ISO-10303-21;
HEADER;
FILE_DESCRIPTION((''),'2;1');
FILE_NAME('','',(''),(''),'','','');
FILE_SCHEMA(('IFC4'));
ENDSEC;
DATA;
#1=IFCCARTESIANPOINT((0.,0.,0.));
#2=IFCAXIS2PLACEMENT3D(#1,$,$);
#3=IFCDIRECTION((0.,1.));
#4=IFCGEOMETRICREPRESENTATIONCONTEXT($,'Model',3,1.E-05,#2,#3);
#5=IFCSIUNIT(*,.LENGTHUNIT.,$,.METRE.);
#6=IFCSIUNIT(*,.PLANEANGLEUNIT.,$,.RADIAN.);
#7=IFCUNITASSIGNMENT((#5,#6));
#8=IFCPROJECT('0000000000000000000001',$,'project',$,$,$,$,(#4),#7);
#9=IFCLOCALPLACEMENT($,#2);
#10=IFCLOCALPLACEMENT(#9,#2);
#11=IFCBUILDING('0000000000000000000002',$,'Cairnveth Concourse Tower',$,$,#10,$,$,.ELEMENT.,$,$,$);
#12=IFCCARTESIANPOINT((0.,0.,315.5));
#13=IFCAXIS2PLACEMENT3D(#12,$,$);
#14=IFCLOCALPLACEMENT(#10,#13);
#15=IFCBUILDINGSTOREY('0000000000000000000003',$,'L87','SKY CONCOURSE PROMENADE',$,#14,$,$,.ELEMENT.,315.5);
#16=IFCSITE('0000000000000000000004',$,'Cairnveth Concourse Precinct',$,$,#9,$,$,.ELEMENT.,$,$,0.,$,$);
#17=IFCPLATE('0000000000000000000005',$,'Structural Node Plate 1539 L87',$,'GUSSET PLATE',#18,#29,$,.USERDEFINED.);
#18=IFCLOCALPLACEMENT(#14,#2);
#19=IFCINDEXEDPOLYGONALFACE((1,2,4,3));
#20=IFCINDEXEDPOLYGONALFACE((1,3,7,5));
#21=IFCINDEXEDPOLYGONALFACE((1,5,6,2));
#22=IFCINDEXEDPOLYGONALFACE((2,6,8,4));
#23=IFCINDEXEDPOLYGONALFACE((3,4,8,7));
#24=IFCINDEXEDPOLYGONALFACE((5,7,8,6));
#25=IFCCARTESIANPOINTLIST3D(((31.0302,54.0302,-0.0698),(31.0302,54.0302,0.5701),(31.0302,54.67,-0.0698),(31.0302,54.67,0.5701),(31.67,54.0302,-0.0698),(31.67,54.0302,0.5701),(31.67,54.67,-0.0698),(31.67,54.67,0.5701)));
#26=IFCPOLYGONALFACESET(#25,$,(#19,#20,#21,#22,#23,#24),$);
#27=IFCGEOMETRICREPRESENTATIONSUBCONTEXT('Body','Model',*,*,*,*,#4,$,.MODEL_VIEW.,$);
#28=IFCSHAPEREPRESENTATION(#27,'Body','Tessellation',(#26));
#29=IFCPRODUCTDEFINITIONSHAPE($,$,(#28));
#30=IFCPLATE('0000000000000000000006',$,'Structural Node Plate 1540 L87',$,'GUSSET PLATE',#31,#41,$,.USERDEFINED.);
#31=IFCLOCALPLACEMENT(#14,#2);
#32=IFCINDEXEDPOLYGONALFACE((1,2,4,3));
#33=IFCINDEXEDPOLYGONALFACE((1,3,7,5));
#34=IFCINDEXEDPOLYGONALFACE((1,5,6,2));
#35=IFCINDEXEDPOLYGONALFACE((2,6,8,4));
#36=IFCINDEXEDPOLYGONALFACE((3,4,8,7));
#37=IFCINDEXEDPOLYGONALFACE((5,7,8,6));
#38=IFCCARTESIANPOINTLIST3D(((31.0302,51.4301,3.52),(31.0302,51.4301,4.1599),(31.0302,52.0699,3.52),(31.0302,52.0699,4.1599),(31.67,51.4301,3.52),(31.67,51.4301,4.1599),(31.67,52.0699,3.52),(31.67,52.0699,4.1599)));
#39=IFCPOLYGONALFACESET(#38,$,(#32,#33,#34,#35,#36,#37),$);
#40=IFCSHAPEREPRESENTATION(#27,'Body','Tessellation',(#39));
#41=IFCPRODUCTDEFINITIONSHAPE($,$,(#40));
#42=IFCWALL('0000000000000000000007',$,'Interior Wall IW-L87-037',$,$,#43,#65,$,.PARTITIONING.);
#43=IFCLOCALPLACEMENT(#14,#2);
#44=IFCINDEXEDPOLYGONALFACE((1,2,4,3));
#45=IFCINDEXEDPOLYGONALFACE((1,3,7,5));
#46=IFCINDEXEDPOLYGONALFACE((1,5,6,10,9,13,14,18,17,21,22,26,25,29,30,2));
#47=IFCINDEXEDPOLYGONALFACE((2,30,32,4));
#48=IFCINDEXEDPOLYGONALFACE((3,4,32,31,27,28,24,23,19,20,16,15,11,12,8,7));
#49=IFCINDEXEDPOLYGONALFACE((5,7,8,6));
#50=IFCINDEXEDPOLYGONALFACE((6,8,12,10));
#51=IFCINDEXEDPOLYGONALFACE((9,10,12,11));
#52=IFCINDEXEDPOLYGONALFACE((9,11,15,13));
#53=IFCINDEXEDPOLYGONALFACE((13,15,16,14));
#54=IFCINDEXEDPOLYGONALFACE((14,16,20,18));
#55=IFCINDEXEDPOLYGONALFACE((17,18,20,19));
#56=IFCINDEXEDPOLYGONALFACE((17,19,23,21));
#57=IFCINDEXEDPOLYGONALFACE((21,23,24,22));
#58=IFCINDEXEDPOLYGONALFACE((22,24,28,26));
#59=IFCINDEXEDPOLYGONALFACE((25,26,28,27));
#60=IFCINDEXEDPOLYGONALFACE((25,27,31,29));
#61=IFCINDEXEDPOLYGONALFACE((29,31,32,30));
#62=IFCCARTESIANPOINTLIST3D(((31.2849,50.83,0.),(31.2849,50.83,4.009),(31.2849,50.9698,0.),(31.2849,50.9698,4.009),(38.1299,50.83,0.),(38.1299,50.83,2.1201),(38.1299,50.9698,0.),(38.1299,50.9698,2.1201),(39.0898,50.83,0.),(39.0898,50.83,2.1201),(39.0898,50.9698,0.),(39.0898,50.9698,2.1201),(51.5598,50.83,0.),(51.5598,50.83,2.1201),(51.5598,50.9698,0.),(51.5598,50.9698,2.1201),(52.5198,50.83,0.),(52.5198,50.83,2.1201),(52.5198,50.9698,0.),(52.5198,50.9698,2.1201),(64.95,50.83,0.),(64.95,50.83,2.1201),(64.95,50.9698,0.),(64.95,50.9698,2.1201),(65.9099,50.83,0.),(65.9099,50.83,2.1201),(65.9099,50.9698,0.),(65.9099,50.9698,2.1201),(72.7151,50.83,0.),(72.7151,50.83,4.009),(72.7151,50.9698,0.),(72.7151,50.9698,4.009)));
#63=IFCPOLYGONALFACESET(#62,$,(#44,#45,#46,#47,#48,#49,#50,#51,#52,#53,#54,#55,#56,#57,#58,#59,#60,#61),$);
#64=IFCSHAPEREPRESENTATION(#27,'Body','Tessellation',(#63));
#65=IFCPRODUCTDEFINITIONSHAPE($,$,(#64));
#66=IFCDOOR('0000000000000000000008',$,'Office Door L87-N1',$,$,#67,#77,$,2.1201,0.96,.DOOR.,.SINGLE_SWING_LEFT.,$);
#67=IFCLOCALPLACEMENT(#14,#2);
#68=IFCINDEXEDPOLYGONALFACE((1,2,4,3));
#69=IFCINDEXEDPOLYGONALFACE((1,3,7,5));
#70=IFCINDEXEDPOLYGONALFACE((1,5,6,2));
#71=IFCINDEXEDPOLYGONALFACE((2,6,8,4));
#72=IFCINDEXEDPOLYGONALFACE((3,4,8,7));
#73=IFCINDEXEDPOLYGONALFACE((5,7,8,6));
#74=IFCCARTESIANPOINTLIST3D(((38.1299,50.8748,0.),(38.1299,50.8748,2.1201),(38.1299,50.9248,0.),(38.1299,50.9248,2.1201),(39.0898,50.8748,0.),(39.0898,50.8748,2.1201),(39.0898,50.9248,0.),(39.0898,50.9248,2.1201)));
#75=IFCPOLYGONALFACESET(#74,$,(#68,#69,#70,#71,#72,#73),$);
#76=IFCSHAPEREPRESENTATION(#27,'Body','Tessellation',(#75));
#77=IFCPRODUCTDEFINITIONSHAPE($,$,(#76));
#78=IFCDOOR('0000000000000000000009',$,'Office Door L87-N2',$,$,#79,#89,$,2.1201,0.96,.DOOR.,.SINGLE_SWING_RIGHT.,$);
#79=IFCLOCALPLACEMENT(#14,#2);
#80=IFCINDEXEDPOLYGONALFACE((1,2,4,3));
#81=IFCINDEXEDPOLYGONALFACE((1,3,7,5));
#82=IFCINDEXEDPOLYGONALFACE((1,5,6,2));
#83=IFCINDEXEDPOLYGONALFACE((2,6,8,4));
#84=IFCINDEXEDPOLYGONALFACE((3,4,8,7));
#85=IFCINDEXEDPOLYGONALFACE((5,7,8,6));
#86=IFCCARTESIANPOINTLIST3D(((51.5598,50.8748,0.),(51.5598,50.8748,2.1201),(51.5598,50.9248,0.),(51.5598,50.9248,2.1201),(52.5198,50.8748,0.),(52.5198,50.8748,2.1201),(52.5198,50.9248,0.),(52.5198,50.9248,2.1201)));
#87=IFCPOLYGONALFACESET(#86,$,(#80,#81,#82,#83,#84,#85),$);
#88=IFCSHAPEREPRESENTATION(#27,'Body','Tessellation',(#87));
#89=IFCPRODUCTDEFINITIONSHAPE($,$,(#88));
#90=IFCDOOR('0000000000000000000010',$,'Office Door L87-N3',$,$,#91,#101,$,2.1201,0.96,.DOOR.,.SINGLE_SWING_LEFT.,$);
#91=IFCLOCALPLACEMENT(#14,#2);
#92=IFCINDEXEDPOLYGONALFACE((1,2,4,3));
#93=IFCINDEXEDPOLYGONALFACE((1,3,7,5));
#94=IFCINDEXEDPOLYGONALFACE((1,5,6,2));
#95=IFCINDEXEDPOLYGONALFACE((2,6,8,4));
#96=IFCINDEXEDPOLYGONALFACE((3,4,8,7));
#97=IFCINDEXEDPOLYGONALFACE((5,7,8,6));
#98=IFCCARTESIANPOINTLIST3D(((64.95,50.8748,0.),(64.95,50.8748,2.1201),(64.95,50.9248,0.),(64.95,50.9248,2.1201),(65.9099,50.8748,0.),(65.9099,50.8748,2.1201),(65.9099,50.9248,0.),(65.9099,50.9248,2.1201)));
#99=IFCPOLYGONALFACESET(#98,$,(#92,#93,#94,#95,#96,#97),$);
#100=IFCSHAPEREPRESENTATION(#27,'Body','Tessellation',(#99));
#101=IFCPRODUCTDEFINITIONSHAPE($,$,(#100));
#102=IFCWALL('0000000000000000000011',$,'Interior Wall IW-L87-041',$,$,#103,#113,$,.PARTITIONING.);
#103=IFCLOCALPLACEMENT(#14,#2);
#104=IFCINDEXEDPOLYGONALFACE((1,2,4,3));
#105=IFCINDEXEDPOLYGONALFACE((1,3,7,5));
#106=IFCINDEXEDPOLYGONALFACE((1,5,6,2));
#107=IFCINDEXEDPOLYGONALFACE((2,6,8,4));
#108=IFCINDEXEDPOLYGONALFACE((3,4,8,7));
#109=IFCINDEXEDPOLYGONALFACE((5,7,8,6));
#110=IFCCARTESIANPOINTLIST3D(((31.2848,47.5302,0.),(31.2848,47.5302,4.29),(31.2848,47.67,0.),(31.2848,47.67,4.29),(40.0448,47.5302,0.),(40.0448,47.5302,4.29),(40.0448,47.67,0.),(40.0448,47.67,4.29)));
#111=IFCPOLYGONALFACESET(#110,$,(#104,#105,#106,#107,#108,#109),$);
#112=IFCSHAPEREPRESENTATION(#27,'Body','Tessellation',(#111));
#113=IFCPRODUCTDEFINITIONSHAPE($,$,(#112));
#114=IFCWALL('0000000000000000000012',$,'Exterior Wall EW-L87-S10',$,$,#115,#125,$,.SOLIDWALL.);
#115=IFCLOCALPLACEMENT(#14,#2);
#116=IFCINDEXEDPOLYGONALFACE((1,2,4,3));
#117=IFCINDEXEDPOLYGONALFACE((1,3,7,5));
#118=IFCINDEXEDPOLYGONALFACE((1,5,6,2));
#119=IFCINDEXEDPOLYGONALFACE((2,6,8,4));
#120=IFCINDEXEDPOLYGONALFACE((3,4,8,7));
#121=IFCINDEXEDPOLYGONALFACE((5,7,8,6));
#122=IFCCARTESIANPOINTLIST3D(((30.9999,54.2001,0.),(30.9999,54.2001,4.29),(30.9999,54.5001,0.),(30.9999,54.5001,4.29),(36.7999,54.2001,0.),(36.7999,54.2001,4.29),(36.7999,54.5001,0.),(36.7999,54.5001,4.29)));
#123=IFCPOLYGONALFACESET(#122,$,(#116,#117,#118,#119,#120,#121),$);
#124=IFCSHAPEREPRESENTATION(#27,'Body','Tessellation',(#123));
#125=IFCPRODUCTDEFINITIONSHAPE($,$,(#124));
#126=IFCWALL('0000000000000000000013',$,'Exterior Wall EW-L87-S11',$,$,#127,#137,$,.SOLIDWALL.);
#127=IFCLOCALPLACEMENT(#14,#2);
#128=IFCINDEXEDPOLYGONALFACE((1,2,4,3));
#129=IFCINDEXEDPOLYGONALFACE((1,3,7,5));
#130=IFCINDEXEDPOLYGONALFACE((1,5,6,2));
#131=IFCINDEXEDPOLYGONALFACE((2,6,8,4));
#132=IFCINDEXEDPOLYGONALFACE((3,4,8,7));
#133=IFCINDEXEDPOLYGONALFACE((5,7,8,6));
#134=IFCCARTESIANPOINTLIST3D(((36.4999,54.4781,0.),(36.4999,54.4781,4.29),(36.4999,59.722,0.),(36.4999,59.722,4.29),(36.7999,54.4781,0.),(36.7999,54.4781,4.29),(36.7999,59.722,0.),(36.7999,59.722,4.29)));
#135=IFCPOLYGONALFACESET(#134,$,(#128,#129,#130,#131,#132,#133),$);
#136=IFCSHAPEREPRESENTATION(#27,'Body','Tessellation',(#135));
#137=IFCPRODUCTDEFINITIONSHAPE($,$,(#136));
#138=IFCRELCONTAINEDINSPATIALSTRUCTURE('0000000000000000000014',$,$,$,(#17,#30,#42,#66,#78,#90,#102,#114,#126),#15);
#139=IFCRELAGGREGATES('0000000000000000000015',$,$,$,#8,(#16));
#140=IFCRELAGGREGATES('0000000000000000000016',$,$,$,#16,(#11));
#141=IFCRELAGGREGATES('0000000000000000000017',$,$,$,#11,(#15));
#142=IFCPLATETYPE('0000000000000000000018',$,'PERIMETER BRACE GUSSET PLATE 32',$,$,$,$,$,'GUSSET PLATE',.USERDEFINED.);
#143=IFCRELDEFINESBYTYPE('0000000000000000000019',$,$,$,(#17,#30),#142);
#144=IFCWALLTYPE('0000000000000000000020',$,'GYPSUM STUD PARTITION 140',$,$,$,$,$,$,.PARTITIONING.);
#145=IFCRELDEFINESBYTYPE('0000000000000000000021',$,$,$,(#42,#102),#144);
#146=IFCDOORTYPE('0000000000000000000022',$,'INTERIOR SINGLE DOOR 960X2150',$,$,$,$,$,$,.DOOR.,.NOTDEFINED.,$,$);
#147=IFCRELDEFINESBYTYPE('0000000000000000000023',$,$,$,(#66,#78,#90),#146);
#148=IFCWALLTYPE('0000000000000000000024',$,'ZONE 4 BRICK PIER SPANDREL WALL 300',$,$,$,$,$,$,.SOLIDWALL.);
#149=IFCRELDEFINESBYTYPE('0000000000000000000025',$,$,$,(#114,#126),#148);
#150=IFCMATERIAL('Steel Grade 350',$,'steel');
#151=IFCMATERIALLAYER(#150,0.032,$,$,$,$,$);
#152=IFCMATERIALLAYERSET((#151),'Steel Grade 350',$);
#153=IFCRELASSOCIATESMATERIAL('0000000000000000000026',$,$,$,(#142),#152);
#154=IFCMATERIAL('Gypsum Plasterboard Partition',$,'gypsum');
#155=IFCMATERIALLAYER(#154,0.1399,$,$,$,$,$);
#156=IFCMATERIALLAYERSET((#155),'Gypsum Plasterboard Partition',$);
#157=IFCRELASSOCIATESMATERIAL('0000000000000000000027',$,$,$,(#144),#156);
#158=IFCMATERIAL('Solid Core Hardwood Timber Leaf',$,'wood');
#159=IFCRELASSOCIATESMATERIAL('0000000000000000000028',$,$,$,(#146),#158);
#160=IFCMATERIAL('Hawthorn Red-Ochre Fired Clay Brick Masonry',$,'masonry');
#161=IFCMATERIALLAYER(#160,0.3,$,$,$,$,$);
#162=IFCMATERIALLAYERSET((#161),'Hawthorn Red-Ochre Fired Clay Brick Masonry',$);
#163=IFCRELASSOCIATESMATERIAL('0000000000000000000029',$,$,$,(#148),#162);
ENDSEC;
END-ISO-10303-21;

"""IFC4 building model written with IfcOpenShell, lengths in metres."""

from ifc_helpers import new_model, si_unit, direction, frame, frame_2d, origin, origin_2d, place, context, subcontext, project, spatial, rectangle, extrude, material, layer, layer_set, type_object, element, fill, save


model = new_model("IFC4")

# Units and contexts
model_context = context("Model", 3, precision=1e-05, world=origin(), true_north=direction((0.0, 1.0)))
body_context = subcontext(model_context, "Body", "Model", "MODEL_VIEW")
ifc_project = project(units=[si_unit("LENGTHUNIT", "METRE"), si_unit("PLANEANGLEUNIT", "RADIAN")], contexts=[model_context])

# Site, building, storey
site_placement = place(None, origin())
site = spatial("IfcSite", under=ifc_project, at=site_placement, Name="Cairnveth Concourse Precinct", CompositionType="ELEMENT", RefElevation=0.0)
building_placement = place(site_placement, origin())
building = spatial("IfcBuilding", under=site, at=building_placement, Name="Cairnveth Concourse Tower", CompositionType="ELEMENT")
storey_placement = place(building_placement, frame((0.0, 0.0, 315.5)))
storey = spatial("IfcBuildingStorey", under=building, at=storey_placement, Name="L87", Description="SKY CONCOURSE PROMENADE", CompositionType="ELEMENT", Elevation=315.5)

# Shared definitions
ifc_material_1 = material(Name="Steel Grade 350", Category="steel")

# Plates
ifc_layer_1 = layer(ifc_material_1, 0.032)
ifc_layer_set_1 = layer_set([ifc_layer_1], Name="Steel Grade 350")
plate_type = type_object("IfcPlateType", Name="PERIMETER BRACE GUSSET PLATE 32", ElementType="GUSSET PLATE", PredefinedType="USERDEFINED", material=ifc_layer_set_1)
for number, where, z_axis, x_axis, name in (
    (1, (31.3501, 54.3501, -0.0698), (0.0, 0.0, 1.0), (1.0, 0.0, 0.0), "Structural Node Plate 1539 L87"),
    (2, (31.3501, 51.75, 3.52), (0.0, 0.0, 1.0), (1.0, 0.0, 0.0), "Structural Node Plate 1540 L87"),
):
    element("IfcPlate", number, at=place(storey_placement, frame(where, z_axis=z_axis, x_axis=x_axis)), inside=storey, type_object=plate_type, Name=name, ObjectType="GUSSET PLATE", PredefinedType="USERDEFINED", context=body_context, shape_type="SweptSolid", body=[
        extrude(rectangle(XDim=0.6399, YDim=0.6399, at=origin_2d()), origin(), (0.0, 0.0, 1.0), 0.6399),
    ])

# Wall, openings, doors
ifc_material_2 = material(Name="Gypsum Plasterboard Partition", Category="gypsum")
ifc_layer_2 = layer(ifc_material_2, 0.1399)
ifc_layer_set_2 = layer_set([ifc_layer_2], Name="Gypsum Plasterboard Partition")
wall_type_1 = type_object("IfcWallType", Name="GYPSUM STUD PARTITION 140", PredefinedType="PARTITIONING", material=ifc_layer_set_2)
wall_1_placement = place(storey_placement, frame((31.2849, 50.8999, 0.0), z_axis=(0.0, 0.0, 1.0), x_axis=(1.0, 0.0, 0.0)))
wall_1 = element("IfcWall", 3, at=wall_1_placement, inside=storey, type_object=wall_type_1, Name="Interior Wall IW-L87-037", PredefinedType="PARTITIONING", context=body_context, shape_type="SweptSolid", body=[
    extrude(rectangle(XDim=41.4302, YDim=0.1399, at=frame_2d((20.7151, 0.0))), origin(), (0.0, 0.0, 1.0), 4.009),
])
opening_1_placement = place(wall_1_placement, frame((6.845, 0.0, 0.0)))
opening_1 = element("IfcOpeningElement", 4, at=opening_1_placement, cuts=wall_1, PredefinedType="OPENING", context=body_context, shape_type="SweptSolid", body=[
    extrude(rectangle(XDim=0.96, YDim=2.1201, at=frame_2d((0.48, 1.0601))), frame((0.0, 0.0798, 0.0), z_axis=(0.0, -1.0, 0.0), x_axis=(1.0, 0.0, 0.0)), (0.0, 0.0, 1.0), 0.1599),
])
opening_2_placement = place(wall_1_placement, frame((20.2749, 0.0, 0.0)))
opening_2 = element("IfcOpeningElement", 5, at=opening_2_placement, cuts=wall_1, PredefinedType="OPENING", context=body_context, shape_type="SweptSolid", body=[
    extrude(rectangle(XDim=0.96, YDim=2.1201, at=frame_2d((0.48, 1.0601))), frame((0.0, 0.0798, 0.0), z_axis=(0.0, -1.0, 0.0), x_axis=(1.0, 0.0, 0.0)), (0.0, 0.0, 1.0), 0.1599),
])
opening_3_placement = place(wall_1_placement, frame((33.665, 0.0, 0.0)))
opening_3 = element("IfcOpeningElement", 6, at=opening_3_placement, cuts=wall_1, PredefinedType="OPENING", context=body_context, shape_type="SweptSolid", body=[
    extrude(rectangle(XDim=0.96, YDim=2.1201, at=frame_2d((0.48, 1.0601))), frame((0.0, 0.0798, 0.0), z_axis=(0.0, -1.0, 0.0), x_axis=(1.0, 0.0, 0.0)), (0.0, 0.0, 1.0), 0.1599),
])
ifc_material_3 = material(Name="Solid Core Hardwood Timber Leaf", Category="wood")
door_type = type_object("IfcDoorType", Name="INTERIOR SINGLE DOOR 960X2150", OperationType="NOTDEFINED", PredefinedType="DOOR", material=ifc_material_3)
door_1_placement = place(opening_1_placement, origin())
door_1 = element("IfcDoor", 7, at=door_1_placement, inside=storey, type_object=door_type, Name="Office Door L87-N1", OperationType="SINGLE_SWING_LEFT", OverallHeight=2.1201, OverallWidth=0.96, PredefinedType="DOOR", context=body_context, shape_type="SweptSolid", body=[
    extrude(rectangle(XDim=0.96, YDim=2.1201, at=frame_2d((0.48, 1.0601))), frame((0.0, 0.0249, 0.0), z_axis=(0.0, -1.0, 0.0), x_axis=(1.0, 0.0, 0.0)), (0.0, 0.0, 1.0), 0.05),
])
fill(opening_1, door_1)
door_2_placement = place(opening_2_placement, origin())
door_2 = element("IfcDoor", 8, at=door_2_placement, inside=storey, type_object=door_type, Name="Office Door L87-N2", OperationType="SINGLE_SWING_RIGHT", OverallHeight=2.1201, OverallWidth=0.96, PredefinedType="DOOR", context=body_context, shape_type="SweptSolid", body=[
    extrude(rectangle(XDim=0.96, YDim=2.1201, at=frame_2d((0.48, 1.0601))), frame((0.0, 0.0249, 0.0), z_axis=(0.0, -1.0, 0.0), x_axis=(1.0, 0.0, 0.0)), (0.0, 0.0, 1.0), 0.05),
])
fill(opening_2, door_2)
door_3_placement = place(opening_3_placement, origin())
door_3 = element("IfcDoor", 9, at=door_3_placement, inside=storey, type_object=door_type, Name="Office Door L87-N3", OperationType="SINGLE_SWING_LEFT", OverallHeight=2.1201, OverallWidth=0.96, PredefinedType="DOOR", context=body_context, shape_type="SweptSolid", body=[
    extrude(rectangle(XDim=0.96, YDim=2.1201, at=frame_2d((0.48, 1.0601))), frame((0.0, 0.0249, 0.0), z_axis=(0.0, -1.0, 0.0), x_axis=(1.0, 0.0, 0.0)), (0.0, 0.0, 1.0), 0.05),
])
fill(opening_3, door_3)

# Walls
wall_2_placement = place(storey_placement, frame((31.2849, 47.6001, 0.0), z_axis=(0.0, 0.0, 1.0), x_axis=(1.0, 0.0, 0.0)))
element("IfcWall", 10, at=wall_2_placement, inside=storey, type_object=wall_type_1, Name="Interior Wall IW-L87-041", PredefinedType="PARTITIONING", context=body_context, shape_type="SweptSolid", body=[
    extrude(rectangle(XDim=8.76, YDim=0.1399, at=frame_2d((4.3799, 0.0))), origin(), (0.0, 0.0, 1.0), 4.29),
])
ifc_material_4 = material(Name="Hawthorn Red-Ochre Fired Clay Brick Masonry", Category="masonry")
ifc_layer_3 = layer(ifc_material_4, 0.3)
ifc_layer_set_3 = layer_set([ifc_layer_3], Name="Hawthorn Red-Ochre Fired Clay Brick Masonry")
wall_type_2 = type_object("IfcWallType", Name="ZONE 4 BRICK PIER SPANDREL WALL 300", PredefinedType="SOLIDWALL", material=ifc_layer_set_3)
wall_3_placement = place(storey_placement, frame((31.0, 54.3501, 0.0), z_axis=(0.0, 0.0, 1.0), x_axis=(1.0, 0.0, 0.0)))
element("IfcWall", 11, at=wall_3_placement, inside=storey, type_object=wall_type_2, Name="Exterior Wall EW-L87-S10", PredefinedType="SOLIDWALL", context=body_context, shape_type="SweptSolid", body=[
    extrude(rectangle(XDim=5.8, YDim=0.3, at=frame_2d((2.8999, 0.0))), origin(), (0.0, 0.0, 1.0), 4.29),
])
wall_4_placement = place(storey_placement, frame((36.6499, 54.478, 0.0), z_axis=(0.0, 0.0, 1.0), x_axis=(0.0, 1.0, 0.0)))
element("IfcWall", 12, at=wall_4_placement, inside=storey, type_object=wall_type_2, Name="Exterior Wall EW-L87-S11", PredefinedType="SOLIDWALL", context=body_context, shape_type="SweptSolid", body=[
    extrude(rectangle(XDim=5.2439, YDim=0.3, at=frame_2d((2.6221, 0.0))), origin(), (0.0, 0.0, 1.0), 4.29),
])

save(model, "model.ifc")
